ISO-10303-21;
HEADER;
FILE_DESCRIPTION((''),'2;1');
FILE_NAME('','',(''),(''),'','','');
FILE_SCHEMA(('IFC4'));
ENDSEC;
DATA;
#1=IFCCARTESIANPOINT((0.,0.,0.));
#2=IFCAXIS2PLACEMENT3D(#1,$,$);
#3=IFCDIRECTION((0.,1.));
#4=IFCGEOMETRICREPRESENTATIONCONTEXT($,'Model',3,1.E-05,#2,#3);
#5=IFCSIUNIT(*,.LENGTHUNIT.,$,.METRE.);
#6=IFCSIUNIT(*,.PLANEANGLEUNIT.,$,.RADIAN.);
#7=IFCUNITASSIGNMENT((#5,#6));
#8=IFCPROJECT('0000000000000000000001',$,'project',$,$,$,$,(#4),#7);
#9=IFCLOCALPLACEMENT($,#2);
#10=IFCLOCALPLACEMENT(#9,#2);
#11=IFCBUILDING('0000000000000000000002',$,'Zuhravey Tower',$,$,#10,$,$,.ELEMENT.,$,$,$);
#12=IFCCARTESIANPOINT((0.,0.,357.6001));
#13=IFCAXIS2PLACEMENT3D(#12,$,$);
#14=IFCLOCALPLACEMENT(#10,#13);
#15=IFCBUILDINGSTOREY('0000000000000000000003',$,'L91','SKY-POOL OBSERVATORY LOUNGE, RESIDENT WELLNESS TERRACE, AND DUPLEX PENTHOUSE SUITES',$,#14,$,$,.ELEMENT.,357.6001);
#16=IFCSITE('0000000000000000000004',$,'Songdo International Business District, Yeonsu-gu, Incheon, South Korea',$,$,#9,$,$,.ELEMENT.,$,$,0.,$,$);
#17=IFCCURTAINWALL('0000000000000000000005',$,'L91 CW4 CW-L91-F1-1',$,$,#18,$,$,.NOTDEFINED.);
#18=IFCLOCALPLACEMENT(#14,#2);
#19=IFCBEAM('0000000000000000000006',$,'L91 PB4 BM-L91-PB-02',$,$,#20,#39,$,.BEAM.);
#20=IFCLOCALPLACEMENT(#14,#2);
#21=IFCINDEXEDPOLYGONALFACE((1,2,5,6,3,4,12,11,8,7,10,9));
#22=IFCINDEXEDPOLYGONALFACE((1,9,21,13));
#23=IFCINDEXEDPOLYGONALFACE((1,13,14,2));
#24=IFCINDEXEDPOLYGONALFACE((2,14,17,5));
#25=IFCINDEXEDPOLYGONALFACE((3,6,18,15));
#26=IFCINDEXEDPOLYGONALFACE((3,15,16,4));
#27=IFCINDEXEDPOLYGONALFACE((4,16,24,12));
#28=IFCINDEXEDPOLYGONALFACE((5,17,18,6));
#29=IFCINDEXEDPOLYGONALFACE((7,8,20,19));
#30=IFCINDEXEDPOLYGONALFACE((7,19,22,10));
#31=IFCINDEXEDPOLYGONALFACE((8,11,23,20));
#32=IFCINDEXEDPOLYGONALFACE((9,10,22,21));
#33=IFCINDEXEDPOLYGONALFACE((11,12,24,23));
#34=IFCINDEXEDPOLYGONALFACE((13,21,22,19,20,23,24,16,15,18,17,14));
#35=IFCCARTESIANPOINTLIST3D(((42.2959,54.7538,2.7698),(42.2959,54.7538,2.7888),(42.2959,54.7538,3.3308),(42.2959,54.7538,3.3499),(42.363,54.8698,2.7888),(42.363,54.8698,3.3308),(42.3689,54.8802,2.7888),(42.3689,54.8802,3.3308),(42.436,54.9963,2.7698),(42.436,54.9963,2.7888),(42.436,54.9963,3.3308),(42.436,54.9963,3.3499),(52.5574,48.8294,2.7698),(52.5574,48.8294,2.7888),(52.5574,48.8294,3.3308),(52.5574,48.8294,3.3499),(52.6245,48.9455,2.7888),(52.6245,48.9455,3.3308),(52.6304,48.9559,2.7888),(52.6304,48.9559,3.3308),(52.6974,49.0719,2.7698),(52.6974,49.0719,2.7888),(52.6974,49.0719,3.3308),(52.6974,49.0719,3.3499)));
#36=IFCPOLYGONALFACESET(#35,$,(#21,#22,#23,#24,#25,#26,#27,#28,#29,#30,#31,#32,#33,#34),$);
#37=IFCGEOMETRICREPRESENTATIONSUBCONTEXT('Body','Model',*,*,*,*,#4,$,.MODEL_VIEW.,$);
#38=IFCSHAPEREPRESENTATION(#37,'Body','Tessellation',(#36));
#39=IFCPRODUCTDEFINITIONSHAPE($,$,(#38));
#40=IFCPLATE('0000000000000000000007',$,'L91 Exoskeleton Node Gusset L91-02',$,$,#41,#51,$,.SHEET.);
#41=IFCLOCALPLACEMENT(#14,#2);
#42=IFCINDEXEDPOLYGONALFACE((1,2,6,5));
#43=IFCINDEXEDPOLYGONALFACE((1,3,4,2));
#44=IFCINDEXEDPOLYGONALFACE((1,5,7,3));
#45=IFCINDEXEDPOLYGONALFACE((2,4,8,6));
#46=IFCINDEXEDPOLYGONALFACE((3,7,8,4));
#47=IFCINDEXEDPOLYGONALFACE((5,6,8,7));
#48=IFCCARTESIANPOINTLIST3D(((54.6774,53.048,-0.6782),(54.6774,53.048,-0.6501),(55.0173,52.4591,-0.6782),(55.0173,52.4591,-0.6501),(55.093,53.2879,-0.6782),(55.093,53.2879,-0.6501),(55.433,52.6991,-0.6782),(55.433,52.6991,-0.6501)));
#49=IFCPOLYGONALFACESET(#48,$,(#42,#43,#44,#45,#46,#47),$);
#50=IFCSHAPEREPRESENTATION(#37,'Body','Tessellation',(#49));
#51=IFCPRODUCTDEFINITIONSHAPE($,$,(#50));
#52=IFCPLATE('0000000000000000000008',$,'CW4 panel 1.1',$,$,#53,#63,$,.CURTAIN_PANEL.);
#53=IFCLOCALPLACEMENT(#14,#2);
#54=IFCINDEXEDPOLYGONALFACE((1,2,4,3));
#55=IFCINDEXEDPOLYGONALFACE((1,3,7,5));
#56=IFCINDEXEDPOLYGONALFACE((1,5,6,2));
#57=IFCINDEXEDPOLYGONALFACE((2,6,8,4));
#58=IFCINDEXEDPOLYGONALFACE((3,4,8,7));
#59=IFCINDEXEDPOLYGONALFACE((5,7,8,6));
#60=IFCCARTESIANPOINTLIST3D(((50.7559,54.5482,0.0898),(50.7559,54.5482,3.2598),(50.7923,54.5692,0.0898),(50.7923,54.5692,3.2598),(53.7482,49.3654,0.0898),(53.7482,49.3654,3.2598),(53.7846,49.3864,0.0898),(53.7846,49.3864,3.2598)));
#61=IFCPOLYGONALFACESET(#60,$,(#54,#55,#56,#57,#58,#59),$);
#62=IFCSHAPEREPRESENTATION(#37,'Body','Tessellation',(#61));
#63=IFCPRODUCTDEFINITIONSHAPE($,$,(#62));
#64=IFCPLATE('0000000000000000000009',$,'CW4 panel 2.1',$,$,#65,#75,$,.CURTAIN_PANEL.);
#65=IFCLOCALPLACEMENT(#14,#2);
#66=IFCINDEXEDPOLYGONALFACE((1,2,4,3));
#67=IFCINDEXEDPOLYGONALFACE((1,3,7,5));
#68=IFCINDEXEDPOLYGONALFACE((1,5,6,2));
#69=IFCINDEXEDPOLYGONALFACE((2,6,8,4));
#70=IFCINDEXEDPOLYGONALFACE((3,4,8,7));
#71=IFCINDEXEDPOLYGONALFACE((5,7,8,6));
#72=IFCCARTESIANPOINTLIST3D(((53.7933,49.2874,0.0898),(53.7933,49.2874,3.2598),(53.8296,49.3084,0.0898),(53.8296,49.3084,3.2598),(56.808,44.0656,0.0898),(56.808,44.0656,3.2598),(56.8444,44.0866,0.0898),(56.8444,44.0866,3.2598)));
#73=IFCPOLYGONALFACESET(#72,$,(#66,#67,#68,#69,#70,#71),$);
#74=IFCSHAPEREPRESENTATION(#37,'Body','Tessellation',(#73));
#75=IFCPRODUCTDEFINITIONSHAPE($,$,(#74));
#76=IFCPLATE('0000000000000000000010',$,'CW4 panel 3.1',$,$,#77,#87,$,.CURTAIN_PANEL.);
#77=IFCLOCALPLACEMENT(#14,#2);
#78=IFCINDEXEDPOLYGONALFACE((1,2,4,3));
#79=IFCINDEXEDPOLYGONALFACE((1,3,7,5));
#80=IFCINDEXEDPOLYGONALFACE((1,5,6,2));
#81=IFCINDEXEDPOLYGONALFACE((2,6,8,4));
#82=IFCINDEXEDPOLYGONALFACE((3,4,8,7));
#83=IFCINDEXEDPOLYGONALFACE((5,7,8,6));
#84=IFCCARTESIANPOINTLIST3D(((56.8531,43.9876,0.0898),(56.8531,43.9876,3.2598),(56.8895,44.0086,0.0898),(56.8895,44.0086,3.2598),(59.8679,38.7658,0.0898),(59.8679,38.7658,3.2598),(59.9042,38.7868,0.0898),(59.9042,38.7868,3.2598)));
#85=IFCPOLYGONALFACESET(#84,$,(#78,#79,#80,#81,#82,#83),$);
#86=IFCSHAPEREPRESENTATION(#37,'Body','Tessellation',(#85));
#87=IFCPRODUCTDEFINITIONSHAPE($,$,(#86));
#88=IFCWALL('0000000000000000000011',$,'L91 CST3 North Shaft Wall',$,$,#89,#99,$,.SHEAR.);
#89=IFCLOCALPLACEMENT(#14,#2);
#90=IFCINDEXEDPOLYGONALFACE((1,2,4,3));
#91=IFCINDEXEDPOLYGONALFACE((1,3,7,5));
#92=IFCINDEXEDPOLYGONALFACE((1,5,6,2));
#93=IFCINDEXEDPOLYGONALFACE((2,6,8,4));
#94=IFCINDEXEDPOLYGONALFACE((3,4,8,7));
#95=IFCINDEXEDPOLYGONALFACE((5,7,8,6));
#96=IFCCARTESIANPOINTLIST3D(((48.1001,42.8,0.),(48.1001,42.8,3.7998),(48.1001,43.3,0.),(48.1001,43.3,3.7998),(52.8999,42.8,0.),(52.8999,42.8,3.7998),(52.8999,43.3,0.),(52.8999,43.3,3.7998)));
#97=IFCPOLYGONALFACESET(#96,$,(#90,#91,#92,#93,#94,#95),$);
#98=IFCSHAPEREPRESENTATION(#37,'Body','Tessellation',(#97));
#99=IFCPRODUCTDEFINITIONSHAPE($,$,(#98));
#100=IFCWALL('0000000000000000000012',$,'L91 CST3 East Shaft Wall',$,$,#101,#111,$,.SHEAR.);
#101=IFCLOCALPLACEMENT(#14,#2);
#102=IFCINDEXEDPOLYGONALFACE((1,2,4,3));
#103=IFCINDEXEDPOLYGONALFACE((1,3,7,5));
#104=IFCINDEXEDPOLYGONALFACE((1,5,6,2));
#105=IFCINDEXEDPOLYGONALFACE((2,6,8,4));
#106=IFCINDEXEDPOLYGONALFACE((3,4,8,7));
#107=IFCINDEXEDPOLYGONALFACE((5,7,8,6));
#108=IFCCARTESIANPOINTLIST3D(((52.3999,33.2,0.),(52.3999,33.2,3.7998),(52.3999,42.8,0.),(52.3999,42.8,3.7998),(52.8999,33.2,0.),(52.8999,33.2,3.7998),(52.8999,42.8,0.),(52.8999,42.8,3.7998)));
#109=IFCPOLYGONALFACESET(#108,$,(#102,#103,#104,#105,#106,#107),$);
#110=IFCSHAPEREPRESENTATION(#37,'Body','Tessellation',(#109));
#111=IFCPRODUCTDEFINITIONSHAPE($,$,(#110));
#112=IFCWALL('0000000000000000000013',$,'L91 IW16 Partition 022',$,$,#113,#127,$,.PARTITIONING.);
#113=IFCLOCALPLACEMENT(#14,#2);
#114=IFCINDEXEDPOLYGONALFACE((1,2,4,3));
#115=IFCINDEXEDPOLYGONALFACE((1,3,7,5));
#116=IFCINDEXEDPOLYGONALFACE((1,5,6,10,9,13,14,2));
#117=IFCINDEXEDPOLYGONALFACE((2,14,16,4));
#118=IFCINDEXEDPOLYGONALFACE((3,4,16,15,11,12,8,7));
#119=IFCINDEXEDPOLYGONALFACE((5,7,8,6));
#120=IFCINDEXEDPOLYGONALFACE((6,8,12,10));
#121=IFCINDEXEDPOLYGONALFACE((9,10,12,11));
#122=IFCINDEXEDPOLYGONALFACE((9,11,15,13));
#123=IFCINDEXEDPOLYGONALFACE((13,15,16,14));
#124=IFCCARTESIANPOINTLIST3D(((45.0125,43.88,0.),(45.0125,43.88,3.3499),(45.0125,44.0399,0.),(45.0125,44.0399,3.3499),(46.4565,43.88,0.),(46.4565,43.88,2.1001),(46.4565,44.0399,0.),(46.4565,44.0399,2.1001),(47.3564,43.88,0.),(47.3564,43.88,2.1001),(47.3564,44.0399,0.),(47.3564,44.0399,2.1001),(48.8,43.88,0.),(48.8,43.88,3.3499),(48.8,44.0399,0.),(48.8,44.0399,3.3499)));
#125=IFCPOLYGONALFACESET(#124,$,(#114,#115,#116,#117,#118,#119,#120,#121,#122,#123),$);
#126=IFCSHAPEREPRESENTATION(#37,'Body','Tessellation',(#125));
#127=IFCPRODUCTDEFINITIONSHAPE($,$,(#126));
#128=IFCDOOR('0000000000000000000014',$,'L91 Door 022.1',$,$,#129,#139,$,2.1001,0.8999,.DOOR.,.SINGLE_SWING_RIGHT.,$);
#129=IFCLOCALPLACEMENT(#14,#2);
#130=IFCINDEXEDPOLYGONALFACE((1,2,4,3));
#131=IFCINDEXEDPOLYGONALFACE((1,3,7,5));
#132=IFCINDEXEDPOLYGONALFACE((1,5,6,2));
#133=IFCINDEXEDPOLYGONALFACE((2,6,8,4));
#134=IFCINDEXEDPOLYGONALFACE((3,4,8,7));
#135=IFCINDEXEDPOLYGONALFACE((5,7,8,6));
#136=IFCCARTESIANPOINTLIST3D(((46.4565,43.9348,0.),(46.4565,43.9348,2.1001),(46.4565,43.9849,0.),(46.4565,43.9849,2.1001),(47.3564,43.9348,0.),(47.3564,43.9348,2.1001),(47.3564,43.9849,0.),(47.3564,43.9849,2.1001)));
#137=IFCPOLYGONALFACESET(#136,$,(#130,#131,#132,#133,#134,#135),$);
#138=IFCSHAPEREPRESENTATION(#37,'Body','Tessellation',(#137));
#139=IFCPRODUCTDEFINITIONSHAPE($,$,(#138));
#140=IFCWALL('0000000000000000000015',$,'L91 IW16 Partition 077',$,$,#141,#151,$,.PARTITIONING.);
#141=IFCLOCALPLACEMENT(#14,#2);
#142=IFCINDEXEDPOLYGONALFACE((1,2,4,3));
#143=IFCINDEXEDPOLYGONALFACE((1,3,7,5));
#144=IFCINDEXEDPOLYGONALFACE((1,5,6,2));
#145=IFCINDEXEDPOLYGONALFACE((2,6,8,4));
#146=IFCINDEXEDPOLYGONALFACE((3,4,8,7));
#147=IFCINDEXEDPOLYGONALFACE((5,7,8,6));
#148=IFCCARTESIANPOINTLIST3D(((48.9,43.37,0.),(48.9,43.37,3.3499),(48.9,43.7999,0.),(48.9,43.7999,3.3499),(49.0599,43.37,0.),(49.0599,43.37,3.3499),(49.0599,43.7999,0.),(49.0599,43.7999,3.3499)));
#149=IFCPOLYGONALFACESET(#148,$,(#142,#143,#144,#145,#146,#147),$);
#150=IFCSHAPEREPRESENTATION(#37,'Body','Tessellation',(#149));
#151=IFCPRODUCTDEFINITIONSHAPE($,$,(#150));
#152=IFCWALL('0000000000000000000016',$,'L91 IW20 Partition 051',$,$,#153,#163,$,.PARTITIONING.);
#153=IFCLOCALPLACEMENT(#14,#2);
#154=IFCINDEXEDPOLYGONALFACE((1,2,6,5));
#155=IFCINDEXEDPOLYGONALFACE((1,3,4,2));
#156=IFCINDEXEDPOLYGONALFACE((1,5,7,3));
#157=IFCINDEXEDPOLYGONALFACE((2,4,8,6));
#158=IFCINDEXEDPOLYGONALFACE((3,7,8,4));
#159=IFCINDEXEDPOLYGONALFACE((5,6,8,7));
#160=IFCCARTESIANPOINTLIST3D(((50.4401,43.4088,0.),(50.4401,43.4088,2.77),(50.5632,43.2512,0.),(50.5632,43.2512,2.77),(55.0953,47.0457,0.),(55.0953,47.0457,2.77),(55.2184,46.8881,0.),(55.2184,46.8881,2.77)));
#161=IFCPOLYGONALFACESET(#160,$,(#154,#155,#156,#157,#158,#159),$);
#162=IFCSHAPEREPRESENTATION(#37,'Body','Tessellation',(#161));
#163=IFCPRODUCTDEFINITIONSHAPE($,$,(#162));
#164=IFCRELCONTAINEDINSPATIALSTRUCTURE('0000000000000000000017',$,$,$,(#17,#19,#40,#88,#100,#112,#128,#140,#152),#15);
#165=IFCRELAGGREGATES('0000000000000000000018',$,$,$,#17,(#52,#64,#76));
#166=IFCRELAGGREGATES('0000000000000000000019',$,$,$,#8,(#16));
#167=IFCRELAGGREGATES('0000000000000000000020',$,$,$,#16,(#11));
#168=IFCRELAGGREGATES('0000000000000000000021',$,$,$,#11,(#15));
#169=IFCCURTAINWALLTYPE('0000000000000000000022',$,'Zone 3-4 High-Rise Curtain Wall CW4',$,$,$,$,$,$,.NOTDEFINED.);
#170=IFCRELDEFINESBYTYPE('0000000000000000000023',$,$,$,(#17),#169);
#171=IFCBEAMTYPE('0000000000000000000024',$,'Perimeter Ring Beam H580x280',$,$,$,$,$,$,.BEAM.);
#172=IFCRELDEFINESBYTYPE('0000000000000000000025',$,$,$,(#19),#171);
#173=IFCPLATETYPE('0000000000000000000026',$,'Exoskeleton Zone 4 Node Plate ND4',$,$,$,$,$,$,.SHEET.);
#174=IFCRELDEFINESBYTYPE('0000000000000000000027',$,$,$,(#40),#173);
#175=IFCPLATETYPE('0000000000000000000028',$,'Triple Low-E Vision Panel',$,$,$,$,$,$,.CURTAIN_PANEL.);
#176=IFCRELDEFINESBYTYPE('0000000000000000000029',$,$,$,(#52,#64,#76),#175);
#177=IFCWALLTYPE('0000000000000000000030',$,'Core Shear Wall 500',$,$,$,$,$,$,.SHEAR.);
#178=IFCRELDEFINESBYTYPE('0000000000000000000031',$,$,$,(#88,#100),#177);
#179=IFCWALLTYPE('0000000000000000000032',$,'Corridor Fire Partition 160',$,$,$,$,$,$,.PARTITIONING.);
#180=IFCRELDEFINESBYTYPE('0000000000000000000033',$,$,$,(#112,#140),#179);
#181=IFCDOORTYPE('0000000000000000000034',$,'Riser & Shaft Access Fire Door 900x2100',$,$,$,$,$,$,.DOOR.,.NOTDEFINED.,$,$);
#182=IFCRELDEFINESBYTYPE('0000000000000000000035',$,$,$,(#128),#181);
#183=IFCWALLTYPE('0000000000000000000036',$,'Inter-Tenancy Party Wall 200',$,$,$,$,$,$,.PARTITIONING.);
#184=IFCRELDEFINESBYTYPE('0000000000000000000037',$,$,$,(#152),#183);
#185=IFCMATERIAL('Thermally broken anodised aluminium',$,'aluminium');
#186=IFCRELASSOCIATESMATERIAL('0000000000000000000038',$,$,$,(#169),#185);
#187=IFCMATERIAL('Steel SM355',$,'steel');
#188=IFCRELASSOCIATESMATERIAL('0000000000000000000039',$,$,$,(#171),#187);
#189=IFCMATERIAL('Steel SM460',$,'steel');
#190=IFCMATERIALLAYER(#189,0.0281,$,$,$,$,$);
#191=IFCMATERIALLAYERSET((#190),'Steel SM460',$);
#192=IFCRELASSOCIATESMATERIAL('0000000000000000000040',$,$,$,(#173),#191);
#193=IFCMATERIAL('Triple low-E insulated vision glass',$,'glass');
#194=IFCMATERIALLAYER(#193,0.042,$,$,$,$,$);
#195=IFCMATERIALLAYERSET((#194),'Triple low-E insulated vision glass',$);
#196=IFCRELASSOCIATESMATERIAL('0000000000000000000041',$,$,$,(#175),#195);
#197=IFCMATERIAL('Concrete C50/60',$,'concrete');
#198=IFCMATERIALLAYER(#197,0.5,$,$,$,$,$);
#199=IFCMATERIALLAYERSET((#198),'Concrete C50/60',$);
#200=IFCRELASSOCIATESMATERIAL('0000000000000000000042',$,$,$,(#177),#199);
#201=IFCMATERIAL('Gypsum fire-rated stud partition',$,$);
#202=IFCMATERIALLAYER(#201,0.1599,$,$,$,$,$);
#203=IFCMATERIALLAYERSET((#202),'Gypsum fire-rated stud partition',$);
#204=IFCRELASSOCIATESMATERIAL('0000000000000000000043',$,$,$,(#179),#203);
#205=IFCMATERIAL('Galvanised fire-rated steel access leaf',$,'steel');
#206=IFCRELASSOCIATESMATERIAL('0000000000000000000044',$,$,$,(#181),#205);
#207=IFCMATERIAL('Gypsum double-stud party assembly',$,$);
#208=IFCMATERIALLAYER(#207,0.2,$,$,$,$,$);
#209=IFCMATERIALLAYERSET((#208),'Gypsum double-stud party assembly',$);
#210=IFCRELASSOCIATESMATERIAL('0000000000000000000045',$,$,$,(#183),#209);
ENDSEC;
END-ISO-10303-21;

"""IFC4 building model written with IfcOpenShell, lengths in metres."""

from ifc_helpers import new_model, si_unit, direction, frame, frame_2d, origin, origin_2d, place, context, subcontext, project, spatial, rectangle, i_section, extrude, material, layer, layer_set, material_profile, profile_set, type_object, element, fill, aggregate, save


model = new_model("IFC4")

# Units and contexts
model_context = context("Model", 3, precision=1e-05, world=origin(), true_north=direction((0.0, 1.0)))
body_context = subcontext(model_context, "Body", "Model", "MODEL_VIEW")
ifc_project = project(units=[si_unit("LENGTHUNIT", "METRE"), si_unit("PLANEANGLEUNIT", "RADIAN")], contexts=[model_context])

# Site, building, storey
site_placement = place(None, origin())
site = spatial("IfcSite", under=ifc_project, at=site_placement, Name="Songdo International Business District, Yeonsu-gu, Incheon, South Korea", CompositionType="ELEMENT", RefElevation=0.0)
building_placement = place(site_placement, origin())
building = spatial("IfcBuilding", under=site, at=building_placement, Name="Zuhravey Tower", CompositionType="ELEMENT")
storey_placement = place(building_placement, frame((0.0, 0.0, 357.6001)))
storey = spatial("IfcBuildingStorey", under=building, at=storey_placement, Name="L91", Description="SKY-POOL OBSERVATORY LOUNGE, RESIDENT WELLNESS TERRACE, AND DUPLEX PENTHOUSE SUITES", CompositionType="ELEMENT", Elevation=357.6001)

# Shared definitions
ifc_material_1 = material(Name="Concrete C50/60", Category="concrete")

# Curtain wall
ifc_material_2 = material(Name="Thermally broken anodised aluminium", Category="aluminium")
curtain_wall_type = type_object("IfcCurtainWallType", Name="Zone 3-4 High-Rise Curtain Wall CW4", PredefinedType="NOTDEFINED", material=ifc_material_2)
curtain_wall_placement = place(storey_placement, origin())
curtain_wall = element("IfcCurtainWall", 1, at=curtain_wall_placement, inside=storey, type_object=curtain_wall_type, Name="L91 CW4 CW-L91-F1-1", PredefinedType="NOTDEFINED")

# Beam
ifc_material_3 = material(Name="Steel SM355", Category="steel")
ifc_material_profile_1 = material_profile(ifc_material_3, i_section(OverallWidth=0.28, OverallDepth=0.5801, WebThickness=0.012, FlangeThickness=0.019, at=origin_2d()), Name="H-580x280x12x19")
ifc_profile_set_1 = profile_set([ifc_material_profile_1], Name="Steel SM355")
beam_type = type_object("IfcBeamType", Name="Perimeter Ring Beam H580x280", PredefinedType="BEAM", material=ifc_profile_set_1)
beam_placement = place(storey_placement, frame((52.6274, 48.9507, 3.0598), z_axis=(-0.866031, 0.499991, 0.0), x_axis=(-0.499991, -0.866031, 0.0)))
element("IfcBeam", 2, at=beam_placement, inside=storey, type_object=beam_type, Name="L91 PB4 BM-L91-PB-02", PredefinedType="BEAM", context=body_context, shape_type="SweptSolid", body=[
    extrude(i_section(OverallWidth=0.28, OverallDepth=0.5801, WebThickness=0.012, FlangeThickness=0.019, at=origin_2d()), origin(), (0.0, 0.0, 1.0), 11.8489),
])

# Plates
ifc_material_4 = material(Name="Steel SM460", Category="steel")
ifc_layer_1 = layer(ifc_material_4, 0.0281)
ifc_layer_set_1 = layer_set([ifc_layer_1], Name="Steel SM460")
plate_type_1 = type_object("IfcPlateType", Name="Exoskeleton Zone 4 Node Plate ND4", PredefinedType="SHEET", material=ifc_layer_set_1)
plate_1_placement = place(storey_placement, frame((55.0552, 52.8735, -0.6782), z_axis=(0.0, 0.0, 1.0), x_axis=(-0.5, 0.866025, 0.0)))
element("IfcPlate", 3, at=plate_1_placement, inside=storey, type_object=plate_type_1, Name="L91 Exoskeleton Node Gusset L91-02", PredefinedType="SHEET", context=body_context, shape_type="SweptSolid", body=[
    extrude(rectangle(XDim=0.6799, YDim=0.48, at=origin_2d()), origin(), (0.0, 0.0, 1.0), 0.0281),
])
ifc_material_5 = material(Name="Triple low-E insulated vision glass", Category="glass")
ifc_layer_2 = layer(ifc_material_5, 0.042)
ifc_layer_set_2 = layer_set([ifc_layer_2], Name="Triple low-E insulated vision glass")
plate_type_2 = type_object("IfcPlateType", Name="Triple Low-E Vision Panel", PredefinedType="CURTAIN_PANEL", material=ifc_layer_set_2)
plate_2_placement = place(storey_placement, frame((52.2703, 51.9673, 0.0898), z_axis=(0.0, 0.0, 1.0), x_axis=(0.5, -0.866026, 0.0)))
plate_2 = element("IfcPlate", 4, at=plate_2_placement, type_object=plate_type_2, Name="CW4 panel 1.1", PredefinedType="CURTAIN_PANEL", context=body_context, shape_type="SweptSolid", body=[
    extrude(rectangle(XDim=5.9846, YDim=0.042, at=origin_2d()), origin(), (0.0, 0.0, 1.0), 3.1699),
])
plate_3_placement = place(storey_placement, frame((55.3188, 46.687, 0.0898), z_axis=(0.0, 0.0, 1.0), x_axis=(0.5, -0.866026, 0.0)))
plate_3 = element("IfcPlate", 5, at=plate_3_placement, type_object=plate_type_2, Name="CW4 panel 2.1", PredefinedType="CURTAIN_PANEL", context=body_context, shape_type="SweptSolid", body=[
    extrude(rectangle(XDim=6.0295, YDim=0.042, at=origin_2d()), origin(), (0.0, 0.0, 1.0), 3.1699),
])
plate_4_placement = place(storey_placement, frame((58.3787, 41.3872, 0.0898), z_axis=(0.0, 0.0, 1.0), x_axis=(0.5, -0.866026, 0.0)))
plate_4 = element("IfcPlate", 6, at=plate_4_placement, type_object=plate_type_2, Name="CW4 panel 3.1", PredefinedType="CURTAIN_PANEL", context=body_context, shape_type="SweptSolid", body=[
    extrude(rectangle(XDim=6.0295, YDim=0.042, at=origin_2d()), origin(), (0.0, 0.0, 1.0), 3.1699),
])
aggregate(curtain_wall, [plate_2, plate_3, plate_4])

# Walls
ifc_layer_3 = layer(ifc_material_1, 0.5)
ifc_layer_set_3 = layer_set([ifc_layer_3], Name="Concrete C50/60")
wall_type_1 = type_object("IfcWallType", Name="Core Shear Wall 500", PredefinedType="SHEAR", material=ifc_layer_set_3)
wall_1_placement = place(storey_placement, frame((52.8999, 43.05, 0.0), z_axis=(0.0, 0.0, 1.0), x_axis=(-1.0, 0.0, 0.0)))
element("IfcWall", 7, at=wall_1_placement, inside=storey, type_object=wall_type_1, Name="L91 CST3 North Shaft Wall", PredefinedType="SHEAR", context=body_context, shape_type="SweptSolid", body=[
    extrude(rectangle(XDim=4.7998, YDim=0.5, at=frame_2d((2.3999, 0.0))), origin(), (0.0, 0.0, 1.0), 3.7998),
])
wall_2_placement = place(storey_placement, frame((52.6499, 42.8, 0.0), z_axis=(0.0, 0.0, 1.0), x_axis=(0.0, -1.0, 0.0)))
element("IfcWall", 8, at=wall_2_placement, inside=storey, type_object=wall_type_1, Name="L91 CST3 East Shaft Wall", PredefinedType="SHEAR", context=body_context, shape_type="SweptSolid", body=[
    extrude(rectangle(XDim=9.6001, YDim=0.5, at=frame_2d((4.8, 0.0))), origin(), (0.0, 0.0, 1.0), 3.7998),
])

# Wall, opening, door
ifc_material_6 = material(Name="Gypsum fire-rated stud partition")
ifc_layer_4 = layer(ifc_material_6, 0.1599)
ifc_layer_set_4 = layer_set([ifc_layer_4], Name="Gypsum fire-rated stud partition")
wall_type_2 = type_object("IfcWallType", Name="Corridor Fire Partition 160", PredefinedType="PARTITIONING", material=ifc_layer_set_4)
wall_3_placement = place(storey_placement, frame((48.8, 43.96, 0.0), z_axis=(0.0, 0.0, 1.0), x_axis=(-1.0, 0.0, 0.0)))
wall_3 = element("IfcWall", 9, at=wall_3_placement, inside=storey, type_object=wall_type_2, Name="L91 IW16 Partition 022", PredefinedType="PARTITIONING", context=body_context, shape_type="SweptSolid", body=[
    extrude(rectangle(XDim=3.7876, YDim=0.1599, at=frame_2d((1.8938, 0.0))), origin(), (0.0, 0.0, 1.0), 3.3499),
])
opening_placement = place(wall_3_placement, frame((1.4436, 0.0, 0.0)))
opening = element("IfcOpeningElement", 10, at=opening_placement, cuts=wall_3, PredefinedType="OPENING", context=body_context, shape_type="SweptSolid", body=[
    extrude(rectangle(XDim=0.8999, YDim=2.1001, at=frame_2d((0.45, 1.05))), frame((0.0, 0.092, 0.0), z_axis=(0.0, -1.0, 0.0), x_axis=(1.0, 0.0, 0.0)), (0.0, 0.0, 1.0), 0.1838),
])
ifc_material_7 = material(Name="Galvanised fire-rated steel access leaf", Category="steel")
door_type = type_object("IfcDoorType", Name="Riser & Shaft Access Fire Door 900x2100", OperationType="NOTDEFINED", PredefinedType="DOOR", material=ifc_material_7)
door_placement = place(opening_placement, frame((0.8999, 0.0, 0.0), z_axis=(0.0, 0.0, 1.0), x_axis=(-1.0, 0.0, 0.0)))
door = element("IfcDoor", 11, at=door_placement, inside=storey, type_object=door_type, Name="L91 Door 022.1", OperationType="SINGLE_SWING_RIGHT", OverallHeight=2.1001, OverallWidth=0.8999, PredefinedType="DOOR", context=body_context, shape_type="SweptSolid", body=[
    extrude(rectangle(XDim=0.8999, YDim=2.1001, at=frame_2d((0.45, 1.05))), frame((0.0, 0.0249, 0.0), z_axis=(0.0, -1.0, 0.0), x_axis=(1.0, 0.0, 0.0)), (0.0, 0.0, 1.0), 0.05),
])
fill(opening, door)

# Walls
wall_4_placement = place(storey_placement, frame((48.98, 43.3701, 0.0), z_axis=(0.0, 0.0, 1.0), x_axis=(0.0, 1.0, 0.0)))
element("IfcWall", 12, at=wall_4_placement, inside=storey, type_object=wall_type_2, Name="L91 IW16 Partition 077", PredefinedType="PARTITIONING", context=body_context, shape_type="SweptSolid", body=[
    extrude(rectangle(XDim=0.4299, YDim=0.1599, at=frame_2d((0.2148, 0.0))), origin(), (0.0, 0.0, 1.0), 3.3499),
])
ifc_material_8 = material(Name="Gypsum double-stud party assembly")
ifc_layer_5 = layer(ifc_material_8, 0.2)
ifc_layer_set_5 = layer_set([ifc_layer_5], Name="Gypsum double-stud party assembly")
wall_type_3 = type_object("IfcWallType", Name="Inter-Tenancy Party Wall 200", PredefinedType="PARTITIONING", material=ifc_layer_set_5)
wall_5_placement = place(storey_placement, frame((50.5017, 43.3301, 0.0), z_axis=(0.0, 0.0, 1.0), x_axis=(0.788022, 0.615647, 0.0)))
element("IfcWall", 13, at=wall_5_placement, inside=storey, type_object=wall_type_3, Name="L91 IW20 Partition 051", PredefinedType="PARTITIONING", context=body_context, shape_type="SweptSolid", body=[
    extrude(rectangle(XDim=5.9075, YDim=0.2, at=frame_2d((2.9536, 0.0))), origin(), (0.0, 0.0, 1.0), 2.77),
])

save(model, "model.ifc")
